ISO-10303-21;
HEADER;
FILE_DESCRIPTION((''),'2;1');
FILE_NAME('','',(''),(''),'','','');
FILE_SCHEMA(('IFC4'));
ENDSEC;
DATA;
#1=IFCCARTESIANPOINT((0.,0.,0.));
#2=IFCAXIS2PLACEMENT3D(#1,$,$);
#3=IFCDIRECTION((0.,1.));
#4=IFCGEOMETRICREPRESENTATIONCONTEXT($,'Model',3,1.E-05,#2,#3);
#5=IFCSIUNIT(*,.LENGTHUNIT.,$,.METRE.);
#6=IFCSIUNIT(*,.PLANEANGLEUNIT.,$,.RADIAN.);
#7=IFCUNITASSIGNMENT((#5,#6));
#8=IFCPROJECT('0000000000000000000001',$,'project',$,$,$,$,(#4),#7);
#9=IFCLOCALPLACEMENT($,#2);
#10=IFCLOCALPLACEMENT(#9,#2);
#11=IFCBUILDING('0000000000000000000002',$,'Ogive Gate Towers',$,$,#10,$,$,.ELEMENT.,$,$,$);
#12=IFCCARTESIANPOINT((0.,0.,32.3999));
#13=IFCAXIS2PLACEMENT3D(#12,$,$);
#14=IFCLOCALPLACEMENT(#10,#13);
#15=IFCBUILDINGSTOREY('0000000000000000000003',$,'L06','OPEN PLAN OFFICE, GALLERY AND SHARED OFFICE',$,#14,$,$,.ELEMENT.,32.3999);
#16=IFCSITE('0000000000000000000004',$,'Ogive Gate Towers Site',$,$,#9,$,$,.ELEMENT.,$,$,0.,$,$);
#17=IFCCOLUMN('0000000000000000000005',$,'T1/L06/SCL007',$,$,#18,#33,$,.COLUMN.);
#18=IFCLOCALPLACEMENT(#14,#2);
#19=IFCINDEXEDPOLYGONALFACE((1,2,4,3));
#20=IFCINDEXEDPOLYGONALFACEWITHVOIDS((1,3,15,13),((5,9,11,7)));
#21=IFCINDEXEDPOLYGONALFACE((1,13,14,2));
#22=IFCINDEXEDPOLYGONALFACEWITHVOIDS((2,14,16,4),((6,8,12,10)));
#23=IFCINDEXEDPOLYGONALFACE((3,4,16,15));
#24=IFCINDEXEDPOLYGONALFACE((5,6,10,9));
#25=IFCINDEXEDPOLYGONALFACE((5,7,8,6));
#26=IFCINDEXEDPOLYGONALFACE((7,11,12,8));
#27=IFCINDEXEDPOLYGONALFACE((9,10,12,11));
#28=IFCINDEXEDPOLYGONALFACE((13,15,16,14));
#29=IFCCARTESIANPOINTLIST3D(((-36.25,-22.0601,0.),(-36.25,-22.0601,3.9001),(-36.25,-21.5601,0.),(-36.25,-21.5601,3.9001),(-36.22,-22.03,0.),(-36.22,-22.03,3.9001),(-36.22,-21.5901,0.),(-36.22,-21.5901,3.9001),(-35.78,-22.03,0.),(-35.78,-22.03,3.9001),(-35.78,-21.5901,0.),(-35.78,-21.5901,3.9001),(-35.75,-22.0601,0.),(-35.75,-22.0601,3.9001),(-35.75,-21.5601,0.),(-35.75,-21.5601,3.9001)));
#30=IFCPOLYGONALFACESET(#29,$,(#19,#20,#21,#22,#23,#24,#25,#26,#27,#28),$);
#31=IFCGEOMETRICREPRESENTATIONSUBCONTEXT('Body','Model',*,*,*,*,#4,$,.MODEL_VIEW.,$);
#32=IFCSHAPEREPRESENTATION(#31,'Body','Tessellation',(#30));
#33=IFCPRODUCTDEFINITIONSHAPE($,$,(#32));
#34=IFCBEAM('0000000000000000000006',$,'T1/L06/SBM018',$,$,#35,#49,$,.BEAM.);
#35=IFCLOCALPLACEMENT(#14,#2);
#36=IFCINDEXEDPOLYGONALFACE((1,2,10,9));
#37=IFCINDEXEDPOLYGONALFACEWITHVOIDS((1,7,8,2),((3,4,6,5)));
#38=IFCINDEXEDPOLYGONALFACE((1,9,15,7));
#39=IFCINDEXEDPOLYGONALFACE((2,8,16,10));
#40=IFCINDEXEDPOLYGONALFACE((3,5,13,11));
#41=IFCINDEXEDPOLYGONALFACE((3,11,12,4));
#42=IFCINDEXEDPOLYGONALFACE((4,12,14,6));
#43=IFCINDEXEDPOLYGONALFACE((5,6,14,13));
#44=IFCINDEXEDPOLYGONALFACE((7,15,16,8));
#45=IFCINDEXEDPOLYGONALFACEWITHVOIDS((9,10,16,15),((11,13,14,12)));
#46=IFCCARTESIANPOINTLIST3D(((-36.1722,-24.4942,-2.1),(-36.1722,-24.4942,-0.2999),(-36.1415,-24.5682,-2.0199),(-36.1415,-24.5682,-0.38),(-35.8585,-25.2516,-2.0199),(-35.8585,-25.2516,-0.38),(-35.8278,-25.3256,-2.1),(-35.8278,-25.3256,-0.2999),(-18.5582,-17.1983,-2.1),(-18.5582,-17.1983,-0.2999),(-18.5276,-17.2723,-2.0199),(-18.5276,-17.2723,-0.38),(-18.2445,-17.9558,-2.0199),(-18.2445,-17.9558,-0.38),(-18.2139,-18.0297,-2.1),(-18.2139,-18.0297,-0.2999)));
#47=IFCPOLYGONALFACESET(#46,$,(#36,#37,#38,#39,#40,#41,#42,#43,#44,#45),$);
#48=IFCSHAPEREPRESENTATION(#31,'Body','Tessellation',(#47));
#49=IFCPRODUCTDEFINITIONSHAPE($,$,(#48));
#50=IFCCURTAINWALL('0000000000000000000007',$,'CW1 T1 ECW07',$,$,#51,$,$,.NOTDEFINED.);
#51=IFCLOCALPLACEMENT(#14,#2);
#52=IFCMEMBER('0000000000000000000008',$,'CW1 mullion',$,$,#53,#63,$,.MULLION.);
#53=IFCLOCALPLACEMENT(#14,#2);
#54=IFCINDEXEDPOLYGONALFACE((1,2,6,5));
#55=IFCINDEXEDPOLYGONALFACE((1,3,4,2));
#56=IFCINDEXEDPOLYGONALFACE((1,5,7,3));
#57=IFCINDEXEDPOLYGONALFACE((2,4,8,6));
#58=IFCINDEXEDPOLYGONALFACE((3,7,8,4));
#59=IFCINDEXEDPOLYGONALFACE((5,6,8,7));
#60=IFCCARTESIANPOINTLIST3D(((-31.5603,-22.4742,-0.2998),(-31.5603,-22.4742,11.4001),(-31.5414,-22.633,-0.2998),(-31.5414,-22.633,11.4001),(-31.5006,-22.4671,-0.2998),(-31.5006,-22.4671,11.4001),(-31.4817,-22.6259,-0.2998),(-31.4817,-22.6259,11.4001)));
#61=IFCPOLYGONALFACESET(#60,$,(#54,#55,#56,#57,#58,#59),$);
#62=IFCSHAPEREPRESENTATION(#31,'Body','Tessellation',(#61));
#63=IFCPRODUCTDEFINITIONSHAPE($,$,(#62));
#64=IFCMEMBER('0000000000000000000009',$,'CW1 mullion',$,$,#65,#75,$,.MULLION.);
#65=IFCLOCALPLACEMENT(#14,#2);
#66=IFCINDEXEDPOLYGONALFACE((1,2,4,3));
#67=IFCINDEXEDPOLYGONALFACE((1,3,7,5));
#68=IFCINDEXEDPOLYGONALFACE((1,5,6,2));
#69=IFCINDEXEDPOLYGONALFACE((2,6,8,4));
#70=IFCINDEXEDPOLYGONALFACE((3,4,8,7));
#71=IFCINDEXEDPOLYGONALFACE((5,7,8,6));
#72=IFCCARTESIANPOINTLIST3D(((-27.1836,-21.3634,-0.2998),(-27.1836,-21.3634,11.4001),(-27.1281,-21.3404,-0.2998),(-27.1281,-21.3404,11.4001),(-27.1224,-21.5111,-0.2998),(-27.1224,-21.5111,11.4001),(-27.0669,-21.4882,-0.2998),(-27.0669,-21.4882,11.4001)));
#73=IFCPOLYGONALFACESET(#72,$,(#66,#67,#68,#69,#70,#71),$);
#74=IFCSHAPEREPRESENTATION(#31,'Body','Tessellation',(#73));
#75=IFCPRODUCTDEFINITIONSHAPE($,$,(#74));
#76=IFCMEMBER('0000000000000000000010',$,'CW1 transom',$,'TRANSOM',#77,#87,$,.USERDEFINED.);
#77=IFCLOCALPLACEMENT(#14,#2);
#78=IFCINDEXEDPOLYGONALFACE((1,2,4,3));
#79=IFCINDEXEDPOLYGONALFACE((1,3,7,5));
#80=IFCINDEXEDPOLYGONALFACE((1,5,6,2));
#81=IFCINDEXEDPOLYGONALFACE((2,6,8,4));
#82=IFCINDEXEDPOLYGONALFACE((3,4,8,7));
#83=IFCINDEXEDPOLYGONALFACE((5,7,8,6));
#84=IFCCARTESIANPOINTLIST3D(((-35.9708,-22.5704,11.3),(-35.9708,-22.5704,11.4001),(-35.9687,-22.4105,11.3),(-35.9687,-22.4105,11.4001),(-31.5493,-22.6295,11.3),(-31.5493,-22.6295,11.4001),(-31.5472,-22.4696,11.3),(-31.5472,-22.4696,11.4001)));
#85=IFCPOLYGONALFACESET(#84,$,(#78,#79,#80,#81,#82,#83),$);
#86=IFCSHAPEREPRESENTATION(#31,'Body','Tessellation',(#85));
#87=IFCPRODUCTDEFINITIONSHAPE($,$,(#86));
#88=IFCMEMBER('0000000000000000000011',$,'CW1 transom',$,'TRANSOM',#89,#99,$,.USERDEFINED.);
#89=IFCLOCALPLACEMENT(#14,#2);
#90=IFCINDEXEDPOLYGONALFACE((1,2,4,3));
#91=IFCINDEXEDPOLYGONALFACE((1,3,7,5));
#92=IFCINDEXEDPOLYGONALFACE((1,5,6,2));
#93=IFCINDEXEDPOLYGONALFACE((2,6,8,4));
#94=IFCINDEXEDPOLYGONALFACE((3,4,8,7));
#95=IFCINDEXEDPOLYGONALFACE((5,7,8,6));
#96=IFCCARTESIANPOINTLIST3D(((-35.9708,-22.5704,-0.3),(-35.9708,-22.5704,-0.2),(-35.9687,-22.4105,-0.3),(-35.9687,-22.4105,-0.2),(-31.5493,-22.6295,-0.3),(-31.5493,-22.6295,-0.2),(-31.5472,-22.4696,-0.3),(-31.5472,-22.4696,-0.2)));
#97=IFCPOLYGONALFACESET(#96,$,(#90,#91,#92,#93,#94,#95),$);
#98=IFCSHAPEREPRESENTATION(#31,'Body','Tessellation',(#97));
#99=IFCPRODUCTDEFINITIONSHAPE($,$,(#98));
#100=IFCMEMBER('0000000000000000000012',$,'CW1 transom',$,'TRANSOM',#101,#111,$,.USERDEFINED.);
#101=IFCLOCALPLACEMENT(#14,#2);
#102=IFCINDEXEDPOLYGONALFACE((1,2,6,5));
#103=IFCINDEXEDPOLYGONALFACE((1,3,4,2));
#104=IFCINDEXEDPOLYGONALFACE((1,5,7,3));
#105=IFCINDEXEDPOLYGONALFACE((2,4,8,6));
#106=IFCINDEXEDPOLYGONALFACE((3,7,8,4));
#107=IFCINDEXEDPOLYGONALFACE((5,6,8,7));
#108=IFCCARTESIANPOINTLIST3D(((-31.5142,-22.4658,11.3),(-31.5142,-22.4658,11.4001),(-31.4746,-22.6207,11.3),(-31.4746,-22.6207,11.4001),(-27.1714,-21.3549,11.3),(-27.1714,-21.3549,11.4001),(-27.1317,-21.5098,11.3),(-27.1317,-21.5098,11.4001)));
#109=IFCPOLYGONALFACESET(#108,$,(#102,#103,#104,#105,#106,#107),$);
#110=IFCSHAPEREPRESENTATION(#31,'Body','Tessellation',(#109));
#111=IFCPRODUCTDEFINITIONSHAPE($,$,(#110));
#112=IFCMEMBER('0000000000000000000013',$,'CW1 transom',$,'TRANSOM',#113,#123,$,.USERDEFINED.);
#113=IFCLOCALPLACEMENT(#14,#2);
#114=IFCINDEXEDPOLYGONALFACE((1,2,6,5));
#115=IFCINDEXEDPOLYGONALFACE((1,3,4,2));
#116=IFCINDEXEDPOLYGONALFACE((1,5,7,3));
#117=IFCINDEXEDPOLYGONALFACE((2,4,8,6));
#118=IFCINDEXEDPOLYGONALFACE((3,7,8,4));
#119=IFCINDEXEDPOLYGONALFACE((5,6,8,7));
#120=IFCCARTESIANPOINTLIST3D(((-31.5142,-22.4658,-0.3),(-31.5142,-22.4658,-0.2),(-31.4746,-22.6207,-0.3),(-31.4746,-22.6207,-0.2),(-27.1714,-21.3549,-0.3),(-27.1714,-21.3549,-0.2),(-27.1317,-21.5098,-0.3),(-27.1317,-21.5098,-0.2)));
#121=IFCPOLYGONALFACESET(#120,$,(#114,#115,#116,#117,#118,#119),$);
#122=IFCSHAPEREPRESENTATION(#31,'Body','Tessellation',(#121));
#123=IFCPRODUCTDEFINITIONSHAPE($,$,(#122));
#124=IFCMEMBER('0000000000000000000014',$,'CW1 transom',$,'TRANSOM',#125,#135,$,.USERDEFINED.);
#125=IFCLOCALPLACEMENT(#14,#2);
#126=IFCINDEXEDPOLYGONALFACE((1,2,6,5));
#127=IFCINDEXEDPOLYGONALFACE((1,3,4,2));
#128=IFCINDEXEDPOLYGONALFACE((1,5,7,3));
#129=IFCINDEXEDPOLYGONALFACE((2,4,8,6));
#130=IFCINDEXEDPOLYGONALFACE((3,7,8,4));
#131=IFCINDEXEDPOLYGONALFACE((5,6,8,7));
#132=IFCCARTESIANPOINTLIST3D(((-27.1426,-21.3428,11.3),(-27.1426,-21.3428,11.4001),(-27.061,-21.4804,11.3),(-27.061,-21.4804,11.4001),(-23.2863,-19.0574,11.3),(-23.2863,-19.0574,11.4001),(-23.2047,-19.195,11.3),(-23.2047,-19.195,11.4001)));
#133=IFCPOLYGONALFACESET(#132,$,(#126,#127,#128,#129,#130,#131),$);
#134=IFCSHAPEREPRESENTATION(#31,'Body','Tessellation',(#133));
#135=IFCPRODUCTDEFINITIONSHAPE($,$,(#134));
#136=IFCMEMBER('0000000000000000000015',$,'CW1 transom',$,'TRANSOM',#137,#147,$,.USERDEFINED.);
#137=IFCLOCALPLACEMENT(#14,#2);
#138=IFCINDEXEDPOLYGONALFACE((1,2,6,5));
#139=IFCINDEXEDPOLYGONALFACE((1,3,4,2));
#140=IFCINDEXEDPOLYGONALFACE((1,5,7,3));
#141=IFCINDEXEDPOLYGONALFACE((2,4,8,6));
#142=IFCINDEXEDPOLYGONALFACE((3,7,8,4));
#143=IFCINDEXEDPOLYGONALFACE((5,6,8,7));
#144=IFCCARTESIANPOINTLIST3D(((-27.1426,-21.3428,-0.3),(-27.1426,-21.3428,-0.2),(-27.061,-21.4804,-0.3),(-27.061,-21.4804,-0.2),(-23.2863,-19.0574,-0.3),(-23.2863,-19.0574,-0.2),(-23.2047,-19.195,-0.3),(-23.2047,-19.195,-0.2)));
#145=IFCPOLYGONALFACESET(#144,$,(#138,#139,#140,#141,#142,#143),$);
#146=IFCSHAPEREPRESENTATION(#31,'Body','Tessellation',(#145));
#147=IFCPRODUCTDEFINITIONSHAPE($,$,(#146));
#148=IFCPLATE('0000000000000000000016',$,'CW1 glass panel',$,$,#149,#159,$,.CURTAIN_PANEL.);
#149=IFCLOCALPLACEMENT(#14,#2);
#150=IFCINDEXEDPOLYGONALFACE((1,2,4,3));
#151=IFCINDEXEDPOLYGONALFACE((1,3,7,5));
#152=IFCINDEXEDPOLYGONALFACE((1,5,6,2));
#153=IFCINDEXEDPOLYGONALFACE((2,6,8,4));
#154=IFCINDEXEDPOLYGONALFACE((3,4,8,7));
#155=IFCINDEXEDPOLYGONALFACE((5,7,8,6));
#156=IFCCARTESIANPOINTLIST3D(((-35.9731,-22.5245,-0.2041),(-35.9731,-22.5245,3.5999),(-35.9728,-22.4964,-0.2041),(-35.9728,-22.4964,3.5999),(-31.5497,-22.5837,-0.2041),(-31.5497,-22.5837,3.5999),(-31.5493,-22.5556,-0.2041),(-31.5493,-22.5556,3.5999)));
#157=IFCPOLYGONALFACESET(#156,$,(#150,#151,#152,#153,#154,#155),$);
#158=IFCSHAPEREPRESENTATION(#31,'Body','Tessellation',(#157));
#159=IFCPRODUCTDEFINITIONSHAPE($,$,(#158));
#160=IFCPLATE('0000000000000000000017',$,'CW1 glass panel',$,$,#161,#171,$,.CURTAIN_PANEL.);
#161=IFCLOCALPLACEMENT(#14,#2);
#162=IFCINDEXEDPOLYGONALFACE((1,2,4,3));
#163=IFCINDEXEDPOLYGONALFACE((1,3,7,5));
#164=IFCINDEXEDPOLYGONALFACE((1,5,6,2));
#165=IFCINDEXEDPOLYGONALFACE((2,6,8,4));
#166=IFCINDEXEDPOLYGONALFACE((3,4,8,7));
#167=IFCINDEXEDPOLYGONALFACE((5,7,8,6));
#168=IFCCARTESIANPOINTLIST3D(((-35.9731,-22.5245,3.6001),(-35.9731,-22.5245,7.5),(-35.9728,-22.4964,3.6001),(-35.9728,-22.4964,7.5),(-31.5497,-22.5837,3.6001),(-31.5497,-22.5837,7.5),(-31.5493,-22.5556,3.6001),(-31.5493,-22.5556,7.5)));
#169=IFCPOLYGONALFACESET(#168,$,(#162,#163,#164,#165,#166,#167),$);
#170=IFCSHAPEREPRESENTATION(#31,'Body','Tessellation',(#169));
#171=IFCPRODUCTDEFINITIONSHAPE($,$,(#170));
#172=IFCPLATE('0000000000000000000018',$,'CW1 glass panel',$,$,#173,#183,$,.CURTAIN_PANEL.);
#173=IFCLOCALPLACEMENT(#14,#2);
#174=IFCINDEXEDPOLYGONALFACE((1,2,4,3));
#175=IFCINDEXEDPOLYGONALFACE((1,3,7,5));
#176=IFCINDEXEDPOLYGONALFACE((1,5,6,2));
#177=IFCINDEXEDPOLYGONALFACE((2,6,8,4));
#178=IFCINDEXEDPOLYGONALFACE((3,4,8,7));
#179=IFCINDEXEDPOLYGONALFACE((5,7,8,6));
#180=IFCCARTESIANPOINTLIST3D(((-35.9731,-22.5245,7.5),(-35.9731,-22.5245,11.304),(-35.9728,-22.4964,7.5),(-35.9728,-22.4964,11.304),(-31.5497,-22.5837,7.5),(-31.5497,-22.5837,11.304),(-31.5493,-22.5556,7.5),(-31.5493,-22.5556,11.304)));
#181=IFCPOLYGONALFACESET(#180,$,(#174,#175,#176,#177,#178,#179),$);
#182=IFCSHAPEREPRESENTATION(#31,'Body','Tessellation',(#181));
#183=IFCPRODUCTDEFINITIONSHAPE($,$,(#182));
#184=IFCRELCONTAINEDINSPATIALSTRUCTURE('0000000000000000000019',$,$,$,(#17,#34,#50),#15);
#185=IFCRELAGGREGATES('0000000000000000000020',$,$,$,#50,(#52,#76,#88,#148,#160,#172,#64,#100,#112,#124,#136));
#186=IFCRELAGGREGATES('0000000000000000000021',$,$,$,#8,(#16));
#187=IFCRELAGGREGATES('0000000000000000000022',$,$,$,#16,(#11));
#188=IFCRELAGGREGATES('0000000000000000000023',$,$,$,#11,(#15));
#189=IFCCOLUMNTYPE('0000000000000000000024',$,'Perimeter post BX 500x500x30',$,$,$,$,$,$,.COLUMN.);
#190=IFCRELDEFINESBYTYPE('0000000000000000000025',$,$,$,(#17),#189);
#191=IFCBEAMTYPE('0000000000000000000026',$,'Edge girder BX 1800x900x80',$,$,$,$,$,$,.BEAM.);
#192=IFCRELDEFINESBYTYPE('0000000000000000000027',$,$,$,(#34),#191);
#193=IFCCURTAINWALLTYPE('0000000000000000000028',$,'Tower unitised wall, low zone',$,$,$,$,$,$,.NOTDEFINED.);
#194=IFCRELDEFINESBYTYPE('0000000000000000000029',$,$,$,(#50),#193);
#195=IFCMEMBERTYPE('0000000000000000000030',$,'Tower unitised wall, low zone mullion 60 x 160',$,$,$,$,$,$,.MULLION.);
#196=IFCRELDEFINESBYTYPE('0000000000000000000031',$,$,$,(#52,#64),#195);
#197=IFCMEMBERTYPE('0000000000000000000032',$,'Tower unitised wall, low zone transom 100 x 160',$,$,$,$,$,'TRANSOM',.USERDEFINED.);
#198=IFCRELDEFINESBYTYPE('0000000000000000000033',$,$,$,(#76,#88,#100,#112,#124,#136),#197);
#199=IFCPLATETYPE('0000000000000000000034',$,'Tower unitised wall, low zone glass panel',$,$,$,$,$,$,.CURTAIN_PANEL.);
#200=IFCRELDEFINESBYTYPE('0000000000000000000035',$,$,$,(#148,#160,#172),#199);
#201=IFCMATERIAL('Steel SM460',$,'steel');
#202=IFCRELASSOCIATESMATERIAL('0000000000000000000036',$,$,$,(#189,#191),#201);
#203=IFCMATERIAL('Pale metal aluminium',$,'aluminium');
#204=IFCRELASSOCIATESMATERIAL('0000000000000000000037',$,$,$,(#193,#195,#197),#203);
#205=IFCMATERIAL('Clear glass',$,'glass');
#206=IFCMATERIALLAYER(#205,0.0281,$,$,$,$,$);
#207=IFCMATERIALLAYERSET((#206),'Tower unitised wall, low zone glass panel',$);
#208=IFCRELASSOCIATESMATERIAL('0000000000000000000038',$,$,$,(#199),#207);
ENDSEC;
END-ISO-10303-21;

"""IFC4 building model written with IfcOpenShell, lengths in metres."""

from ifc_helpers import new_model, si_unit, direction, frame, origin, origin_2d, place, context, subcontext, project, spatial, rectangle, hollow_rectangle, extrude, material, layer, layer_set, material_profile, profile_set, type_object, element, aggregate, save


model = new_model("IFC4")

# Units and contexts
model_context = context("Model", 3, precision=1e-05, world=origin(), true_north=direction((0.0, 1.0)))
body_context = subcontext(model_context, "Body", "Model", "MODEL_VIEW")
ifc_project = project(units=[si_unit("LENGTHUNIT", "METRE"), si_unit("PLANEANGLEUNIT", "RADIAN")], contexts=[model_context])

# Site, building, storey
site_placement = place(None, origin())
site = spatial("IfcSite", under=ifc_project, at=site_placement, Name="Ogive Gate Towers Site", CompositionType="ELEMENT", RefElevation=0.0)
building_placement = place(site_placement, origin())
building = spatial("IfcBuilding", under=site, at=building_placement, Name="Ogive Gate Towers", CompositionType="ELEMENT")
storey_placement = place(building_placement, frame((0.0, 0.0, 32.3999)))
storey = spatial("IfcBuildingStorey", under=building, at=storey_placement, Name="L06", Description="OPEN PLAN OFFICE, GALLERY AND SHARED OFFICE", CompositionType="ELEMENT", Elevation=32.3999)

# Column
ifc_material_1 = material(Name="Steel SM460", Category="steel")
ifc_material_profile_1 = material_profile(ifc_material_1, hollow_rectangle(XDim=0.5, YDim=0.5, WallThickness=0.03, at=origin_2d()), Name="BX 500x500x30")
ifc_profile_set_1 = profile_set([ifc_material_profile_1], Name="Steel SM460")
column_type = type_object("IfcColumnType", Name="Perimeter post BX 500x500x30", PredefinedType="COLUMN", material=ifc_profile_set_1)
column_placement = place(storey_placement, frame((-36.0, -21.8101, 0.0), z_axis=(0.0, 0.0, 1.0), x_axis=(1.0, 0.0, 0.0)))
element("IfcColumn", 1, at=column_placement, inside=storey, type_object=column_type, Name="T1/L06/SCL007", PredefinedType="COLUMN", context=body_context, shape_type="SweptSolid", body=[
    extrude(hollow_rectangle(XDim=0.5, YDim=0.5, WallThickness=0.03, at=origin_2d()), origin(), (0.0, 0.0, 1.0), 3.9001),
])

# Beam
ifc_material_profile_2 = material_profile(ifc_material_1, hollow_rectangle(XDim=0.8999, YDim=1.8, WallThickness=0.0801, at=origin_2d()), Name="BX 1800x900x80")
ifc_profile_set_2 = profile_set([ifc_material_profile_2], Name="Steel SM460")
beam_type = type_object("IfcBeamType", Name="Edge girder BX 1800x900x80", PredefinedType="BEAM", material=ifc_profile_set_2)
beam_placement = place(storey_placement, frame((-36.0, -24.9099, -1.2), z_axis=(0.923881, 0.382681, 0.0), x_axis=(-0.382681, 0.923881, 0.0)))
element("IfcBeam", 2, at=beam_placement, inside=storey, type_object=beam_type, Name="T1/L06/SBM018", PredefinedType="BEAM", context=body_context, shape_type="SweptSolid", body=[
    extrude(hollow_rectangle(XDim=0.8999, YDim=1.8, WallThickness=0.0801, at=origin_2d()), origin(), (0.0, 0.0, 1.0), 19.0652),
])

# Curtain wall, members, plates
ifc_material_2 = material(Name="Pale metal aluminium", Category="aluminium")
curtain_wall_type = type_object("IfcCurtainWallType", Name="Tower unitised wall, low zone", PredefinedType="NOTDEFINED", material=ifc_material_2)
curtain_wall_placement = place(storey_placement, origin())
curtain_wall = element("IfcCurtainWall", 3, at=curtain_wall_placement, inside=storey, type_object=curtain_wall_type, Name="CW1 T1 ECW07", PredefinedType="NOTDEFINED")
ifc_material_profile_3 = material_profile(ifc_material_2, rectangle(XDim=0.1599, YDim=0.0601, at=origin_2d()), Name="60 x 160 aluminium box")
ifc_profile_set_3 = profile_set([ifc_material_profile_3], Name="Pale metal aluminium")
member_type_1 = type_object("IfcMemberType", Name="Tower unitised wall, low zone mullion 60 x 160", PredefinedType="MULLION", material=ifc_profile_set_3)
member_1_placement = place(storey_placement, frame((-31.521, -22.55, -0.2998), z_axis=(0.0, 0.0, 1.0), x_axis=(0.118248, -0.992984, 0.0)))
member_1 = element("IfcMember", 4, at=member_1_placement, type_object=member_type_1, Name="CW1 mullion", PredefinedType="MULLION", context=body_context, shape_type="SweptSolid", body=[
    extrude(rectangle(XDim=0.1599, YDim=0.0601, at=origin_2d()), origin(), (0.0, 0.0, 1.0), 11.7),
])
member_2_placement = place(storey_placement, frame((-27.1252, -21.4258, -0.2998), z_axis=(0.0, 0.0, 1.0), x_axis=(0.382683, -0.92388, 0.0)))
member_2 = element("IfcMember", 5, at=member_2_placement, type_object=member_type_1, Name="CW1 mullion", PredefinedType="MULLION", context=body_context, shape_type="SweptSolid", body=[
    extrude(rectangle(XDim=0.1599, YDim=0.0601, at=origin_2d()), origin(), (0.0, 0.0, 1.0), 11.7),
])
ifc_material_profile_4 = material_profile(ifc_material_2, rectangle(XDim=0.1599, YDim=0.1001, at=origin_2d()), Name="100 x 160 aluminium box")
ifc_profile_set_4 = profile_set([ifc_material_profile_4], Name="Pale metal aluminium")
member_type_2 = type_object("IfcMemberType", Name="Tower unitised wall, low zone transom 100 x 160", ElementType="TRANSOM", PredefinedType="USERDEFINED", material=ifc_profile_set_4)
member_3_placement = place(storey_placement, frame((-35.9697, -22.4905, 11.3501), z_axis=(0.999911, -0.013362, 0.0), x_axis=(0.013362, 0.999911, 0.0)))
member_3 = element("IfcMember", 6, at=member_3_placement, type_object=member_type_2, Name="CW1 transom", ObjectType="TRANSOM", PredefinedType="USERDEFINED", context=body_context, shape_type="SweptSolid", body=[
    extrude(rectangle(XDim=0.1599, YDim=0.1001, at=origin_2d()), origin(), (0.0, 0.0, 1.0), 4.4219),
])
member_4_placement = place(storey_placement, frame((-35.9697, -22.4905, -0.25), z_axis=(0.999911, -0.013362, 0.0), x_axis=(0.013362, 0.999911, 0.0)))
member_4 = element("IfcMember", 7, at=member_4_placement, type_object=member_type_2, Name="CW1 transom", ObjectType="TRANSOM", PredefinedType="USERDEFINED", context=body_context, shape_type="SweptSolid", body=[
    extrude(rectangle(XDim=0.1599, YDim=0.1001, at=origin_2d()), origin(), (0.0, 0.0, 1.0), 4.4219),
])
member_5_placement = place(storey_placement, frame((-31.4944, -22.5432, 11.3501), z_axis=(0.968808, 0.247812, 0.0), x_axis=(-0.247812, 0.968808, 0.0)))
member_5 = element("IfcMember", 8, at=member_5_placement, type_object=member_type_2, Name="CW1 transom", ObjectType="TRANSOM", PredefinedType="USERDEFINED", context=body_context, shape_type="SweptSolid", body=[
    extrude(rectangle(XDim=0.1599, YDim=0.1001, at=origin_2d()), origin(), (0.0, 0.0, 1.0), 4.4827),
])
member_6_placement = place(storey_placement, frame((-31.4944, -22.5432, -0.25), z_axis=(0.968808, 0.247812, 0.0), x_axis=(-0.247812, 0.968808, 0.0)))
member_6 = element("IfcMember", 9, at=member_6_placement, type_object=member_type_2, Name="CW1 transom", ObjectType="TRANSOM", PredefinedType="USERDEFINED", context=body_context, shape_type="SweptSolid", body=[
    extrude(rectangle(XDim=0.1599, YDim=0.1001, at=origin_2d()), origin(), (0.0, 0.0, 1.0), 4.4827),
])
member_7_placement = place(storey_placement, frame((-27.1018, -21.4116, 11.3501), z_axis=(0.860268, 0.509843, 0.0), x_axis=(-0.509843, 0.860268, 0.0)))
member_7 = element("IfcMember", 10, at=member_7_placement, type_object=member_type_2, Name="CW1 transom", ObjectType="TRANSOM", PredefinedType="USERDEFINED", context=body_context, shape_type="SweptSolid", body=[
    extrude(rectangle(XDim=0.1599, YDim=0.1001, at=origin_2d()), origin(), (0.0, 0.0, 1.0), 4.4827),
])
member_8_placement = place(storey_placement, frame((-27.1018, -21.4116, -0.25), z_axis=(0.860268, 0.509843, 0.0), x_axis=(-0.509843, 0.860268, 0.0)))
member_8 = element("IfcMember", 11, at=member_8_placement, type_object=member_type_2, Name="CW1 transom", ObjectType="TRANSOM", PredefinedType="USERDEFINED", context=body_context, shape_type="SweptSolid", body=[
    extrude(rectangle(XDim=0.1599, YDim=0.1001, at=origin_2d()), origin(), (0.0, 0.0, 1.0), 4.4827),
])
ifc_material_3 = material(Name="Clear glass", Category="glass")
ifc_layer_1 = layer(ifc_material_3, 0.0281)
ifc_layer_set_1 = layer_set([ifc_layer_1], Name="Tower unitised wall, low zone glass panel")
plate_type = type_object("IfcPlateType", Name="Tower unitised wall, low zone glass panel", PredefinedType="CURTAIN_PANEL", material=ifc_layer_set_1)
plate_1_placement = place(storey_placement, frame((-33.7612, -22.54, -0.2041), z_axis=(0.0, 0.0, 1.0), x_axis=(0.99991, -0.013386, 0.0)))
plate_1 = element("IfcPlate", 12, at=plate_1_placement, type_object=plate_type, Name="CW1 glass panel", PredefinedType="CURTAIN_PANEL", context=body_context, shape_type="SweptSolid", body=[
    extrude(rectangle(XDim=4.4238, YDim=0.0281, at=origin_2d()), origin(), (0.0, 0.0, 1.0), 3.804),
])
plate_2_placement = place(storey_placement, frame((-33.7612, -22.54, 3.6001), z_axis=(0.0, 0.0, 1.0), x_axis=(0.99991, -0.013386, 0.0)))
plate_2 = element("IfcPlate", 13, at=plate_2_placement, type_object=plate_type, Name="CW1 glass panel", PredefinedType="CURTAIN_PANEL", context=body_context, shape_type="SweptSolid", body=[
    extrude(rectangle(XDim=4.4238, YDim=0.0281, at=origin_2d()), origin(), (0.0, 0.0, 1.0), 3.8999),
])
plate_3_placement = place(storey_placement, frame((-33.7612, -22.54, 7.5), z_axis=(0.0, 0.0, 1.0), x_axis=(0.99991, -0.013386, 0.0)))
plate_3 = element("IfcPlate", 14, at=plate_3_placement, type_object=plate_type, Name="CW1 glass panel", PredefinedType="CURTAIN_PANEL", context=body_context, shape_type="SweptSolid", body=[
    extrude(rectangle(XDim=4.4238, YDim=0.0281, at=origin_2d()), origin(), (0.0, 0.0, 1.0), 3.804),
])
aggregate(curtain_wall, [member_1, member_3, member_4, plate_1, plate_2, plate_3, member_2, member_5, member_6, member_7, member_8])

save(model, "model.ifc")
